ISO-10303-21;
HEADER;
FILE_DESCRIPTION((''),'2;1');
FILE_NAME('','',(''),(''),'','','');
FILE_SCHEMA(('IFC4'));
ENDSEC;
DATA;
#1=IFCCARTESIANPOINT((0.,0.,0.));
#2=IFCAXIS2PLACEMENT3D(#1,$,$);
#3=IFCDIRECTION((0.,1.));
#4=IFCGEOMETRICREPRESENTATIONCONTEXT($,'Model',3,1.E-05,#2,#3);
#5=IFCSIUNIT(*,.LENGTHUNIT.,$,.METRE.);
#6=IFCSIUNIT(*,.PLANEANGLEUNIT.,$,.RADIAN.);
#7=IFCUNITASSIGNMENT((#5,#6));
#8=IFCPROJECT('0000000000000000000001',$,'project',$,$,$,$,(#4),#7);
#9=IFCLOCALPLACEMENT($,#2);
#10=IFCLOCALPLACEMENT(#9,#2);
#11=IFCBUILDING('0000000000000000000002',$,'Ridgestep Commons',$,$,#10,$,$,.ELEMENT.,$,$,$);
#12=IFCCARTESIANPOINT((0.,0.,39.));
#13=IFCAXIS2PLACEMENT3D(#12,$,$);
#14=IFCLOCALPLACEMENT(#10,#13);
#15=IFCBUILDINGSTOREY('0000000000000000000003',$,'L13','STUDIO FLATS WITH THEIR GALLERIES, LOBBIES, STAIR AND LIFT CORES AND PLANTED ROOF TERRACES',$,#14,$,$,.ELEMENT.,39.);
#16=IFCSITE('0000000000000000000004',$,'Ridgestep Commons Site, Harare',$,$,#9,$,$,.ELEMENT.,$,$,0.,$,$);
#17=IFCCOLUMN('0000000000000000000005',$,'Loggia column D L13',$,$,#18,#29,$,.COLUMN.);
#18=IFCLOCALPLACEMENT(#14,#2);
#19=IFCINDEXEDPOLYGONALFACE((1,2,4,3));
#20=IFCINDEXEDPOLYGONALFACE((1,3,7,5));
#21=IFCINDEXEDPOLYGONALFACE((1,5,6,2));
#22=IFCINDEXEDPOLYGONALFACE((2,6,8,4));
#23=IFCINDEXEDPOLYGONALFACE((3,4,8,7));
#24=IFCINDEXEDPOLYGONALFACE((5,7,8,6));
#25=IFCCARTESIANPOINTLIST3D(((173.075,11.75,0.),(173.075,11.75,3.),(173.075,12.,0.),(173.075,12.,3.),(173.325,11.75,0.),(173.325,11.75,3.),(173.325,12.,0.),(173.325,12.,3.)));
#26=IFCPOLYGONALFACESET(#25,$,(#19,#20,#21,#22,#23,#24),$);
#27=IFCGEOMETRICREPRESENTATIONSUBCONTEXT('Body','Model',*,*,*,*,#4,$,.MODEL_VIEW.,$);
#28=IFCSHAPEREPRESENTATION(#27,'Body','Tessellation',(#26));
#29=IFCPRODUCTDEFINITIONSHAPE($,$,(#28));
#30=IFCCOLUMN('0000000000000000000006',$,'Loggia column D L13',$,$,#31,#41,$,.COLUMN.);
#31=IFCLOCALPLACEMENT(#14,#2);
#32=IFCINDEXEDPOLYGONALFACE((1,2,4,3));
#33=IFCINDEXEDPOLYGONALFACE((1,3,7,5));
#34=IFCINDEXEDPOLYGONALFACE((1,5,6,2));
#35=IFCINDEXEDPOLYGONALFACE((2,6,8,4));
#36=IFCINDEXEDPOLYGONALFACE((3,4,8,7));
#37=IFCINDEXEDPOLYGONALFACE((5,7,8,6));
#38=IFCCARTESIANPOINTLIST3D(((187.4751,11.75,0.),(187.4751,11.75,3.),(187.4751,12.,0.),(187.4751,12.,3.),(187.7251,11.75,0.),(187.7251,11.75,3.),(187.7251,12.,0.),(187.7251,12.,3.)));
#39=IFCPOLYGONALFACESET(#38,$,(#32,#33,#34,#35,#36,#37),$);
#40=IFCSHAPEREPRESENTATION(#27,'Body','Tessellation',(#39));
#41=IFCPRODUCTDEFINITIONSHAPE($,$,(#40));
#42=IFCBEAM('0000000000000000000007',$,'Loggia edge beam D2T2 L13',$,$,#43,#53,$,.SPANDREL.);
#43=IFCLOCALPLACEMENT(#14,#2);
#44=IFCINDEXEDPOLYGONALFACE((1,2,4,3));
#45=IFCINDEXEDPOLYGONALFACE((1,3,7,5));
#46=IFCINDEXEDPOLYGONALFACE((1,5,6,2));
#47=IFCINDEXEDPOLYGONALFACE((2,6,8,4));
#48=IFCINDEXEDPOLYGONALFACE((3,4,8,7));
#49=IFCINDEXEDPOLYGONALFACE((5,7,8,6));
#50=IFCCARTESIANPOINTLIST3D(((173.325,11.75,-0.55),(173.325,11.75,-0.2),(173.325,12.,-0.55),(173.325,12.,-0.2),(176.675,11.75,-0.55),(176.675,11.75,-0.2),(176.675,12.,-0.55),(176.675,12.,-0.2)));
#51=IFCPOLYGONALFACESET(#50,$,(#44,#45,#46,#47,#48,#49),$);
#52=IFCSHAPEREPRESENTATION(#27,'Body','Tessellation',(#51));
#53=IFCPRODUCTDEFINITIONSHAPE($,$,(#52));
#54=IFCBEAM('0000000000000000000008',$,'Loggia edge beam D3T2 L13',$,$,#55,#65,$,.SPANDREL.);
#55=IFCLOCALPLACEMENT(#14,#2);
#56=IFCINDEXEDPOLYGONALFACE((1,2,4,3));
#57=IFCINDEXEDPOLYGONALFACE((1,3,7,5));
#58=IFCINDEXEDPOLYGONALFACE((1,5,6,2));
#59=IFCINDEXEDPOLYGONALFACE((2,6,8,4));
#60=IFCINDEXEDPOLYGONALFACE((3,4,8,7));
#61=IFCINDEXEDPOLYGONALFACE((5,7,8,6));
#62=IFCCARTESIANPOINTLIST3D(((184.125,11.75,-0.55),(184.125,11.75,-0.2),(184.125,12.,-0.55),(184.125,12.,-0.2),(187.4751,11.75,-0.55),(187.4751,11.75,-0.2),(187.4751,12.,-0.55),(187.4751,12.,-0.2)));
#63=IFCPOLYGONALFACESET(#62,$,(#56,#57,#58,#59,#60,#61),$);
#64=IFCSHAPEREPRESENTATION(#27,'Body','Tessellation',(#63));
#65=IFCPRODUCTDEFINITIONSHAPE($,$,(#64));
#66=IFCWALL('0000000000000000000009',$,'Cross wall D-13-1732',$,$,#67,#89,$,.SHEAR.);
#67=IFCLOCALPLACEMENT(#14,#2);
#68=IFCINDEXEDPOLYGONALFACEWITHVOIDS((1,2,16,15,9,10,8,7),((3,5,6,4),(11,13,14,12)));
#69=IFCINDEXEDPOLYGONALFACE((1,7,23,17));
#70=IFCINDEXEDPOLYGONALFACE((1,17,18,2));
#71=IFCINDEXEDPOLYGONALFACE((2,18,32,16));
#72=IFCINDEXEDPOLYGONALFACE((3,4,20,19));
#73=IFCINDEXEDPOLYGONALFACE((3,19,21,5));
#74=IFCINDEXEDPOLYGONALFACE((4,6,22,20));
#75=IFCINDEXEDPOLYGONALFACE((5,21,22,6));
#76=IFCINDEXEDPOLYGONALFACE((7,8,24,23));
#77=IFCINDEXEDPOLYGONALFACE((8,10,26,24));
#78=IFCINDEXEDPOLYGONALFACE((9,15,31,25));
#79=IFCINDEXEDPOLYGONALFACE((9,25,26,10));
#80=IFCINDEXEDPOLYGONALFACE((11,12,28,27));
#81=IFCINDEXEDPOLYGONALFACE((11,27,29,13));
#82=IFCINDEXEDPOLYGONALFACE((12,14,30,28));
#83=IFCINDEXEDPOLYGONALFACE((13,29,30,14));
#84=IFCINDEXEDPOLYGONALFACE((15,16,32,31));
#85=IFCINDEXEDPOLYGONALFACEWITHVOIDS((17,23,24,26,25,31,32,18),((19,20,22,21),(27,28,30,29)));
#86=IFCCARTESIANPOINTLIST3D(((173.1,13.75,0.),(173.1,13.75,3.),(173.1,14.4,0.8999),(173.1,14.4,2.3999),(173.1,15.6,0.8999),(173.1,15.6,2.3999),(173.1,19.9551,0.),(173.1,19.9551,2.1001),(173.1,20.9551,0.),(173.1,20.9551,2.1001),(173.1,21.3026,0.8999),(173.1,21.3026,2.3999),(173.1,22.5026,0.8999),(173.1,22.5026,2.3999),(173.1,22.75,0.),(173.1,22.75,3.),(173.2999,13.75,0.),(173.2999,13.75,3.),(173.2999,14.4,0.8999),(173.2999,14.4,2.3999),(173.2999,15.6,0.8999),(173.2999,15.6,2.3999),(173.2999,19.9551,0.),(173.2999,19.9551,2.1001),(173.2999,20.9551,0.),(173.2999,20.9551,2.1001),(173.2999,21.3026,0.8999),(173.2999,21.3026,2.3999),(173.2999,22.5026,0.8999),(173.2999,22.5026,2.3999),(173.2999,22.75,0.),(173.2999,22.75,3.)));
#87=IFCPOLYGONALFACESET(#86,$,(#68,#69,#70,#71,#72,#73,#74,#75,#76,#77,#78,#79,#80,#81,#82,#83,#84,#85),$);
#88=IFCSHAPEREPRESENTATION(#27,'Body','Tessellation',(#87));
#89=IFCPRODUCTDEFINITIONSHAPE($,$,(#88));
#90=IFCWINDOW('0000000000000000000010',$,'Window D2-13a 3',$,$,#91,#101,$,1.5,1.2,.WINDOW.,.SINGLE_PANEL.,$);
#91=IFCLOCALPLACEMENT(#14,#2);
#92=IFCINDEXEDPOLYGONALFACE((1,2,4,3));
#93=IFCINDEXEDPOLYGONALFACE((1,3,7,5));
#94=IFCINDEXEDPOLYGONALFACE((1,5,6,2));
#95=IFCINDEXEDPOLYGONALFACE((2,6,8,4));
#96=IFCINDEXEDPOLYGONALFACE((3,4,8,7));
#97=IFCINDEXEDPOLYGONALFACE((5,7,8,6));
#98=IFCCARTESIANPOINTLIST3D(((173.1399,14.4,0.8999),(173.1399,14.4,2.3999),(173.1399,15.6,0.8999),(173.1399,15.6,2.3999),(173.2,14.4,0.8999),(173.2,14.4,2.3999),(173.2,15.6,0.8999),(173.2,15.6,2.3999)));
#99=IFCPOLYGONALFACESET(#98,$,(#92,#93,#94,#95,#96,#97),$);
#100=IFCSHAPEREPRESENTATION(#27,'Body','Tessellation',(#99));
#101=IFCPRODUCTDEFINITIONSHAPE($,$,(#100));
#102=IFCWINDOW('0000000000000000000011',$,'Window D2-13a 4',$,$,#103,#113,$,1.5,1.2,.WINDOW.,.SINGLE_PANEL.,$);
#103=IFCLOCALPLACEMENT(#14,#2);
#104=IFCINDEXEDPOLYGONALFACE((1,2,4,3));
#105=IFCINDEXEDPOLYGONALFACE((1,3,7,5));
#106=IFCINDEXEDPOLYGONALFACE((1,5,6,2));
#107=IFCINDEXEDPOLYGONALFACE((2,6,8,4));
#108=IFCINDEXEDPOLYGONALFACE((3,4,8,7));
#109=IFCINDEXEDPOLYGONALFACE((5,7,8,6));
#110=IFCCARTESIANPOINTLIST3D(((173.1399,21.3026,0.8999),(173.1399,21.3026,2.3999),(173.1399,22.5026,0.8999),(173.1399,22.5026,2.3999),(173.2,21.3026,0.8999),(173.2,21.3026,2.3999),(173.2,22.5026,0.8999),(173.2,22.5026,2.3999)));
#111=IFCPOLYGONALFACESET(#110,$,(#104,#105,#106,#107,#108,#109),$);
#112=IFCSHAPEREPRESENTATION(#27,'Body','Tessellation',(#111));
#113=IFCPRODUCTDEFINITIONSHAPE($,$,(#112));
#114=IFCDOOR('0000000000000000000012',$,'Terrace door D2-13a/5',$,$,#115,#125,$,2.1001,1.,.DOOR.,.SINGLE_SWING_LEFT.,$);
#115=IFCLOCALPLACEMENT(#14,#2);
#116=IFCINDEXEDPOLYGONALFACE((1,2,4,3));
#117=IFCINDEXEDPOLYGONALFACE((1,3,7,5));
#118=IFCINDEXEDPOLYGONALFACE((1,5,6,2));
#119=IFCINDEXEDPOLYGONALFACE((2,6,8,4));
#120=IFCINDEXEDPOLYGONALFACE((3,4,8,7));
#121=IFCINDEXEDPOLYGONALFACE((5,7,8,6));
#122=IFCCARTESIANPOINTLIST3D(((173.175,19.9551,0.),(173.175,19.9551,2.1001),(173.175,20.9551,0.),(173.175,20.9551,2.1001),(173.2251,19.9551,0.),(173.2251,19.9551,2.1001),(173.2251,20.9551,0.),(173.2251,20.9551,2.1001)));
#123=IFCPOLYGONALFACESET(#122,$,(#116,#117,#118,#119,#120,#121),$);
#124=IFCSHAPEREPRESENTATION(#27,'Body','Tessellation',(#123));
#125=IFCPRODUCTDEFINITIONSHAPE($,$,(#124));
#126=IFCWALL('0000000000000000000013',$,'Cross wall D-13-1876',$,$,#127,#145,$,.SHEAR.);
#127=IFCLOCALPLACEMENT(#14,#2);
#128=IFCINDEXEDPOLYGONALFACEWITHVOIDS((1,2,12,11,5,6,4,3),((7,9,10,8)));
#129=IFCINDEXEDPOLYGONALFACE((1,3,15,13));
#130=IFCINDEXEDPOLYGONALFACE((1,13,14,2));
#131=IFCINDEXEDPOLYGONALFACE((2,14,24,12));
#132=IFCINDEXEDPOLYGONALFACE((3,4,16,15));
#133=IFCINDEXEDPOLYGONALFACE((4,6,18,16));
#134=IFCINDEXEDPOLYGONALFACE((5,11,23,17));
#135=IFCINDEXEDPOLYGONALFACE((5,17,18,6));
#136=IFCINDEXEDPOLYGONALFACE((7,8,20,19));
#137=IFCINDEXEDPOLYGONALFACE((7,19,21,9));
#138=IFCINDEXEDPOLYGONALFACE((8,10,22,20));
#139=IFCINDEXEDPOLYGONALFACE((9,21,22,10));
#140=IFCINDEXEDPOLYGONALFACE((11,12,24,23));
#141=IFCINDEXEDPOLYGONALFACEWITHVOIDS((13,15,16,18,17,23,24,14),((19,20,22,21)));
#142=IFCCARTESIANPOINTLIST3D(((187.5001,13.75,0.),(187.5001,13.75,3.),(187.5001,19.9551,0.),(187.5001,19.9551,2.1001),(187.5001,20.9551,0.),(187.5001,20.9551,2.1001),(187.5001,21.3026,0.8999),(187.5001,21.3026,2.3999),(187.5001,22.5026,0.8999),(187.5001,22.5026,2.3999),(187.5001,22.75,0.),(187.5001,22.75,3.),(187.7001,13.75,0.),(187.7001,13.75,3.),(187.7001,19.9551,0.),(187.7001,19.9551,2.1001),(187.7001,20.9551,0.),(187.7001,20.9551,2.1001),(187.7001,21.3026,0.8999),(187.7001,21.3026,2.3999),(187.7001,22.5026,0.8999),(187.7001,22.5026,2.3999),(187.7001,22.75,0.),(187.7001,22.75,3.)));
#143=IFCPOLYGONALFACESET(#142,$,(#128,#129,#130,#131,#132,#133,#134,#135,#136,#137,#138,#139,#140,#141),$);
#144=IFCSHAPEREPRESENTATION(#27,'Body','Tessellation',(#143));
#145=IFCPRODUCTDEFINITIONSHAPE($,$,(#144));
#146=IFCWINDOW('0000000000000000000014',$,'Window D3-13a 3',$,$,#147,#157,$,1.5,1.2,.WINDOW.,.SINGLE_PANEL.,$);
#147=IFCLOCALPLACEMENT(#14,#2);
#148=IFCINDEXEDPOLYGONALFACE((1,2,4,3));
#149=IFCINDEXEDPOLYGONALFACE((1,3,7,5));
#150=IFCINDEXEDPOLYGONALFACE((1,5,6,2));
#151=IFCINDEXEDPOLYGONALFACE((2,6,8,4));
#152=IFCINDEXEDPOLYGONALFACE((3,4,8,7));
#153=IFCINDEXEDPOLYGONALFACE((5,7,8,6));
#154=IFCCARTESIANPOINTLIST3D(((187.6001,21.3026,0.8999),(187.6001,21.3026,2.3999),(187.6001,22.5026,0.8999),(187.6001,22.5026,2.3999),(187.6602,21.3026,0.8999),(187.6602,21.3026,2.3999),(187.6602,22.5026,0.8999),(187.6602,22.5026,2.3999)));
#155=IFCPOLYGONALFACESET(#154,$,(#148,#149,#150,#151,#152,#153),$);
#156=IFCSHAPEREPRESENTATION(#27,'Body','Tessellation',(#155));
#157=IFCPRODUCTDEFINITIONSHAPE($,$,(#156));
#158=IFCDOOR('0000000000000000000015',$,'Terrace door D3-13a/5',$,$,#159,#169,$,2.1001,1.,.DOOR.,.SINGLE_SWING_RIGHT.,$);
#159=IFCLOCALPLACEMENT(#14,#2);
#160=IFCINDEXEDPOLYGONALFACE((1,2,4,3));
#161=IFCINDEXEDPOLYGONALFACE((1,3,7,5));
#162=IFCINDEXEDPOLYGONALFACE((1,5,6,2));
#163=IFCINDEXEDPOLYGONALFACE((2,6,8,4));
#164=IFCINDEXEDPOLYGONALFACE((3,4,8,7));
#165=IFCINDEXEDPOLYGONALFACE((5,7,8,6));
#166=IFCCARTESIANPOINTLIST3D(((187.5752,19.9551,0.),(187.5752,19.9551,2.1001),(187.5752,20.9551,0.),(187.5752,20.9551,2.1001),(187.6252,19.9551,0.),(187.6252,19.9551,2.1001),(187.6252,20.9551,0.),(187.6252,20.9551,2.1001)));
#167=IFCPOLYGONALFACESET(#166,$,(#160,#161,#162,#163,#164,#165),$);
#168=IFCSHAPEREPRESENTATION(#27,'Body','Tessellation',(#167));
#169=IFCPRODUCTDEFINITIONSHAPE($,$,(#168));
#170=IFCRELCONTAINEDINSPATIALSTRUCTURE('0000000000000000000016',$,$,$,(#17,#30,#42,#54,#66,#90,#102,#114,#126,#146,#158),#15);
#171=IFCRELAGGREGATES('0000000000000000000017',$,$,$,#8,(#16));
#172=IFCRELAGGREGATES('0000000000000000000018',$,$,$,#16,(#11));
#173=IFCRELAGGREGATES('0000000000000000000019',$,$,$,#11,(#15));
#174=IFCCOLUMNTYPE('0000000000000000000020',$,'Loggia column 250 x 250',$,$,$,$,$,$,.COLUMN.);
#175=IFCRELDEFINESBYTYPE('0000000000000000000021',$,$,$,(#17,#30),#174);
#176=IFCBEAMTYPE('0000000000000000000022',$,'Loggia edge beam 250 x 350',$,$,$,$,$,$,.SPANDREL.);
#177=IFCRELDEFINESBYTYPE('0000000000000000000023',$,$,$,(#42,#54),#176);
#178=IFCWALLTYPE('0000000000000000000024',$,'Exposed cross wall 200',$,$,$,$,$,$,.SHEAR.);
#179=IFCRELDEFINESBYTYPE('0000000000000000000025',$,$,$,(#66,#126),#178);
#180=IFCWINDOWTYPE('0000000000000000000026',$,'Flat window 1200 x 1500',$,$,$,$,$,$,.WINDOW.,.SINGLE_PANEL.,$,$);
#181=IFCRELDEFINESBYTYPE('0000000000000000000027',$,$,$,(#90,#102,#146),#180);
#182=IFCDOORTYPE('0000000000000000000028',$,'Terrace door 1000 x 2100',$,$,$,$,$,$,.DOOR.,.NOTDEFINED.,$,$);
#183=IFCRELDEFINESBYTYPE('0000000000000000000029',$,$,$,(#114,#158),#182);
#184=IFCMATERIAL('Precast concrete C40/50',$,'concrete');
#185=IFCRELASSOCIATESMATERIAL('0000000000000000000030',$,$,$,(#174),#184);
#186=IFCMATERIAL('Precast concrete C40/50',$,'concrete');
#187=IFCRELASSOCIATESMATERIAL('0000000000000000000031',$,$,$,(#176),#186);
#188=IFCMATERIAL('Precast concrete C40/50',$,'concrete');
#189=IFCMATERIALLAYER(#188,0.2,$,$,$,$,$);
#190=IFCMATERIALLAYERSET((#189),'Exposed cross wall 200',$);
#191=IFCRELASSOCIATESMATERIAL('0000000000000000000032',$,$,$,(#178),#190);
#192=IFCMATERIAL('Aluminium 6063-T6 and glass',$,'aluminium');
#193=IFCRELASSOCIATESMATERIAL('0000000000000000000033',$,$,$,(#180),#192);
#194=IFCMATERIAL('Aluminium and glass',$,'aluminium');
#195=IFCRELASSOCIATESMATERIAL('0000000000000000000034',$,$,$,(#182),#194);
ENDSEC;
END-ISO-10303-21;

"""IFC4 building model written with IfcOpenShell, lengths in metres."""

from ifc_helpers import new_model, si_unit, direction, frame, frame_2d, origin, origin_2d, place, context, subcontext, project, spatial, rectangle, extrude, material, layer, layer_set, material_profile, profile_set, type_object, element, fill, save


model = new_model("IFC4")

# Units and contexts
model_context = context("Model", 3, precision=1e-05, world=origin(), true_north=direction((0.0, 1.0)))
body_context = subcontext(model_context, "Body", "Model", "MODEL_VIEW")
ifc_project = project(units=[si_unit("LENGTHUNIT", "METRE"), si_unit("PLANEANGLEUNIT", "RADIAN")], contexts=[model_context])

# Site, building, storey
site_placement = place(None, origin())
site = spatial("IfcSite", under=ifc_project, at=site_placement, Name="Ridgestep Commons Site, Harare", CompositionType="ELEMENT", RefElevation=0.0)
building_placement = place(site_placement, origin())
building = spatial("IfcBuilding", under=site, at=building_placement, Name="Ridgestep Commons", CompositionType="ELEMENT")
storey_placement = place(building_placement, frame((0.0, 0.0, 39.0)))
storey = spatial("IfcBuildingStorey", under=building, at=storey_placement, Name="L13", Description="STUDIO FLATS WITH THEIR GALLERIES, LOBBIES, STAIR AND LIFT CORES AND PLANTED ROOF TERRACES", CompositionType="ELEMENT", Elevation=39.0)

# Columns
ifc_material_1 = material(Name="Precast concrete C40/50", Category="concrete")
ifc_material_profile_1 = material_profile(ifc_material_1, rectangle(XDim=0.25, YDim=0.25, at=origin_2d()), Name="PC 250x250")
ifc_profile_set_1 = profile_set([ifc_material_profile_1], Name="Precast concrete C40/50")
column_type = type_object("IfcColumnType", Name="Loggia column 250 x 250", PredefinedType="COLUMN", material=ifc_profile_set_1)
for number, where, z_axis, x_axis, name in (
    (1, (173.2, 11.875, 0.0), (0.0, 0.0, 1.0), (1.0, 0.0, 0.0), "Loggia column D L13"),
    (2, (187.6001, 11.875, 0.0), (0.0, 0.0, 1.0), (1.0, 0.0, 0.0), "Loggia column D L13"),
):
    element("IfcColumn", number, at=place(storey_placement, frame(where, z_axis=z_axis, x_axis=x_axis)), inside=storey, type_object=column_type, Name=name, PredefinedType="COLUMN", context=body_context, shape_type="SweptSolid", body=[
        extrude(rectangle(XDim=0.25, YDim=0.25, at=origin_2d()), origin(), (0.0, 0.0, 1.0), 3.0),
    ])

# Beams
ifc_material_2 = material(Name="Precast concrete C40/50", Category="concrete")
ifc_material_profile_2 = material_profile(ifc_material_2, rectangle(XDim=0.25, YDim=0.3501, at=origin_2d()), Name="PC 250x350")
ifc_profile_set_2 = profile_set([ifc_material_profile_2], Name="Precast concrete C40/50")
beam_type = type_object("IfcBeamType", Name="Loggia edge beam 250 x 350", PredefinedType="SPANDREL", material=ifc_profile_set_2)
for number, where, z_axis, x_axis, name in (
    (3, (173.325, 11.875, -0.375), (1.0, 0.0, 0.0), (0.0, 1.0, 0.0), "Loggia edge beam D2T2 L13"),
    (4, (184.125, 11.875, -0.375), (1.0, 0.0, 0.0), (0.0, 1.0, 0.0), "Loggia edge beam D3T2 L13"),
):
    element("IfcBeam", number, at=place(storey_placement, frame(where, z_axis=z_axis, x_axis=x_axis)), inside=storey, type_object=beam_type, Name=name, PredefinedType="SPANDREL", context=body_context, shape_type="SweptSolid", body=[
        extrude(rectangle(XDim=0.25, YDim=0.3501, at=origin_2d()), origin(), (0.0, 0.0, 1.0), 3.3501),
    ])

# Wall, openings, windows, door
ifc_material_3 = material(Name="Precast concrete C40/50", Category="concrete")
ifc_layer_1 = layer(ifc_material_3, 0.2)
ifc_layer_set_1 = layer_set([ifc_layer_1], Name="Exposed cross wall 200")
wall_type_1 = type_object("IfcWallType", Name="Exposed cross wall 200", PredefinedType="SHEAR", material=ifc_layer_set_1)
wall_1_placement = place(storey_placement, frame((173.2, 13.75, 0.0), z_axis=(0.0, 0.0, 1.0), x_axis=(0.0, 1.0, 0.0)))
wall_1 = element("IfcWall", 5, at=wall_1_placement, inside=storey, type_object=wall_type_1, Name="Cross wall D-13-1732", PredefinedType="SHEAR", context=body_context, shape_type="SweptSolid", body=[
    extrude(rectangle(XDim=9.0, YDim=0.2, at=frame_2d((4.5, 0.0))), origin(), (0.0, 0.0, 1.0), 3.0),
])
opening_1_placement = place(wall_1_placement, frame((0.6499, 0.0, 0.8999)))
opening_1 = element("IfcOpeningElement", 6, at=opening_1_placement, cuts=wall_1, PredefinedType="OPENING", context=body_context, shape_type="SweptSolid", body=[
    extrude(rectangle(XDim=1.2, YDim=1.5, at=frame_2d((0.6001, 0.75))), frame((0.0, 0.1099, 0.0), z_axis=(0.0, -1.0, 0.0), x_axis=(1.0, 0.0, 0.0)), (0.0, 0.0, 1.0), 0.22),
])
opening_2_placement = place(wall_1_placement, frame((7.5525, 0.0, 0.8999)))
opening_2 = element("IfcOpeningElement", 7, at=opening_2_placement, cuts=wall_1, PredefinedType="OPENING", context=body_context, shape_type="SweptSolid", body=[
    extrude(rectangle(XDim=1.2, YDim=1.5, at=frame_2d((0.6001, 0.75))), frame((0.0, 0.1099, 0.0), z_axis=(0.0, -1.0, 0.0), x_axis=(1.0, 0.0, 0.0)), (0.0, 0.0, 1.0), 0.22),
])
opening_3_placement = place(wall_1_placement, frame((6.2051, 0.0, 0.0)))
opening_3 = element("IfcOpeningElement", 8, at=opening_3_placement, cuts=wall_1, PredefinedType="OPENING", context=body_context, shape_type="SweptSolid", body=[
    extrude(rectangle(XDim=1.0, YDim=2.1001, at=frame_2d((0.5, 1.05))), frame((0.0, 0.1099, 0.0), z_axis=(0.0, -1.0, 0.0), x_axis=(1.0, 0.0, 0.0)), (0.0, 0.0, 1.0), 0.22),
])
ifc_material_4 = material(Name="Aluminium 6063-T6 and glass", Category="aluminium")
window_type_1 = type_object("IfcWindowType", Name="Flat window 1200 x 1500", PartitioningType="SINGLE_PANEL", PredefinedType="WINDOW", material=ifc_material_4)
window_1_placement = place(opening_1_placement, origin())
window_1 = element("IfcWindow", 9, at=window_1_placement, inside=storey, type_object=window_type_1, Name="Window D2-13a 3", OverallHeight=1.5, OverallWidth=1.2, PartitioningType="SINGLE_PANEL", PredefinedType="WINDOW", context=body_context, shape_type="SweptSolid", body=[
    extrude(rectangle(XDim=1.2, YDim=1.5, at=frame_2d((0.6001, 0.75))), frame((0.0, 0.0601, 0.0), z_axis=(0.0, -1.0, 0.0), x_axis=(1.0, 0.0, 0.0)), (0.0, 0.0, 1.0), 0.0601),
])
fill(opening_1, window_1)
window_2_placement = place(opening_2_placement, origin())
window_2 = element("IfcWindow", 10, at=window_2_placement, inside=storey, type_object=window_type_1, Name="Window D2-13a 4", OverallHeight=1.5, OverallWidth=1.2, PartitioningType="SINGLE_PANEL", PredefinedType="WINDOW", context=body_context, shape_type="SweptSolid", body=[
    extrude(rectangle(XDim=1.2, YDim=1.5, at=frame_2d((0.6001, 0.75))), frame((0.0, 0.0601, 0.0), z_axis=(0.0, -1.0, 0.0), x_axis=(1.0, 0.0, 0.0)), (0.0, 0.0, 1.0), 0.0601),
])
fill(opening_2, window_2)
ifc_material_5 = material(Name="Aluminium and glass", Category="aluminium")
door_type_1 = type_object("IfcDoorType", Name="Terrace door 1000 x 2100", OperationType="NOTDEFINED", PredefinedType="DOOR", material=ifc_material_5)
door_1_placement = place(opening_3_placement, origin())
door_1 = element("IfcDoor", 11, at=door_1_placement, inside=storey, type_object=door_type_1, Name="Terrace door D2-13a/5", OperationType="SINGLE_SWING_LEFT", OverallHeight=2.1001, OverallWidth=1.0, PredefinedType="DOOR", context=body_context, shape_type="SweptSolid", body=[
    extrude(rectangle(XDim=1.0, YDim=2.1001, at=frame_2d((0.5, 1.05))), frame((0.0, 0.0249, 0.0), z_axis=(0.0, -1.0, 0.0), x_axis=(1.0, 0.0, 0.0)), (0.0, 0.0, 1.0), 0.05),
])
fill(opening_3, door_1)

# Wall, openings, window, door
wall_2_placement = place(storey_placement, frame((187.6001, 13.75, 0.0), z_axis=(0.0, 0.0, 1.0), x_axis=(0.0, 1.0, 0.0)))
wall_2 = element("IfcWall", 12, at=wall_2_placement, inside=storey, type_object=wall_type_1, Name="Cross wall D-13-1876", PredefinedType="SHEAR", context=body_context, shape_type="SweptSolid", body=[
    extrude(rectangle(XDim=9.0, YDim=0.2, at=frame_2d((4.5, 0.0))), origin(), (0.0, 0.0, 1.0), 3.0),
])
opening_4_placement = place(wall_2_placement, frame((7.5525, 0.0, 0.8999)))
opening_4 = element("IfcOpeningElement", 13, at=opening_4_placement, cuts=wall_2, PredefinedType="OPENING", context=body_context, shape_type="SweptSolid", body=[
    extrude(rectangle(XDim=1.2, YDim=1.5, at=frame_2d((0.6001, 0.75))), frame((0.0, 0.1099, 0.0), z_axis=(0.0, -1.0, 0.0), x_axis=(1.0, 0.0, 0.0)), (0.0, 0.0, 1.0), 0.22),
])
opening_5_placement = place(wall_2_placement, frame((6.2051, 0.0, 0.0)))
opening_5 = element("IfcOpeningElement", 14, at=opening_5_placement, cuts=wall_2, PredefinedType="OPENING", context=body_context, shape_type="SweptSolid", body=[
    extrude(rectangle(XDim=1.0, YDim=2.1001, at=frame_2d((0.5, 1.05))), frame((0.0, 0.1099, 0.0), z_axis=(0.0, -1.0, 0.0), x_axis=(1.0, 0.0, 0.0)), (0.0, 0.0, 1.0), 0.22),
])
window_3_placement = place(opening_4_placement, origin())
window_3 = element("IfcWindow", 15, at=window_3_placement, inside=storey, type_object=window_type_1, Name="Window D3-13a 3", OverallHeight=1.5, OverallWidth=1.2, PartitioningType="SINGLE_PANEL", PredefinedType="WINDOW", context=body_context, shape_type="SweptSolid", body=[
    extrude(rectangle(XDim=1.2, YDim=1.5, at=frame_2d((0.6001, 0.75))), frame((0.0, 0.0, 0.0), z_axis=(0.0, -1.0, 0.0), x_axis=(1.0, 0.0, 0.0)), (0.0, 0.0, 1.0), 0.0601),
])
fill(opening_4, window_3)
door_2_placement = place(opening_5_placement, origin())
door_2 = element("IfcDoor", 16, at=door_2_placement, inside=storey, type_object=door_type_1, Name="Terrace door D3-13a/5", OperationType="SINGLE_SWING_RIGHT", OverallHeight=2.1001, OverallWidth=1.0, PredefinedType="DOOR", context=body_context, shape_type="SweptSolid", body=[
    extrude(rectangle(XDim=1.0, YDim=2.1001, at=frame_2d((0.5, 1.05))), frame((0.0, 0.0249, 0.0), z_axis=(0.0, -1.0, 0.0), x_axis=(1.0, 0.0, 0.0)), (0.0, 0.0, 1.0), 0.05),
])
fill(opening_5, door_2)

save(model, "model.ifc")
